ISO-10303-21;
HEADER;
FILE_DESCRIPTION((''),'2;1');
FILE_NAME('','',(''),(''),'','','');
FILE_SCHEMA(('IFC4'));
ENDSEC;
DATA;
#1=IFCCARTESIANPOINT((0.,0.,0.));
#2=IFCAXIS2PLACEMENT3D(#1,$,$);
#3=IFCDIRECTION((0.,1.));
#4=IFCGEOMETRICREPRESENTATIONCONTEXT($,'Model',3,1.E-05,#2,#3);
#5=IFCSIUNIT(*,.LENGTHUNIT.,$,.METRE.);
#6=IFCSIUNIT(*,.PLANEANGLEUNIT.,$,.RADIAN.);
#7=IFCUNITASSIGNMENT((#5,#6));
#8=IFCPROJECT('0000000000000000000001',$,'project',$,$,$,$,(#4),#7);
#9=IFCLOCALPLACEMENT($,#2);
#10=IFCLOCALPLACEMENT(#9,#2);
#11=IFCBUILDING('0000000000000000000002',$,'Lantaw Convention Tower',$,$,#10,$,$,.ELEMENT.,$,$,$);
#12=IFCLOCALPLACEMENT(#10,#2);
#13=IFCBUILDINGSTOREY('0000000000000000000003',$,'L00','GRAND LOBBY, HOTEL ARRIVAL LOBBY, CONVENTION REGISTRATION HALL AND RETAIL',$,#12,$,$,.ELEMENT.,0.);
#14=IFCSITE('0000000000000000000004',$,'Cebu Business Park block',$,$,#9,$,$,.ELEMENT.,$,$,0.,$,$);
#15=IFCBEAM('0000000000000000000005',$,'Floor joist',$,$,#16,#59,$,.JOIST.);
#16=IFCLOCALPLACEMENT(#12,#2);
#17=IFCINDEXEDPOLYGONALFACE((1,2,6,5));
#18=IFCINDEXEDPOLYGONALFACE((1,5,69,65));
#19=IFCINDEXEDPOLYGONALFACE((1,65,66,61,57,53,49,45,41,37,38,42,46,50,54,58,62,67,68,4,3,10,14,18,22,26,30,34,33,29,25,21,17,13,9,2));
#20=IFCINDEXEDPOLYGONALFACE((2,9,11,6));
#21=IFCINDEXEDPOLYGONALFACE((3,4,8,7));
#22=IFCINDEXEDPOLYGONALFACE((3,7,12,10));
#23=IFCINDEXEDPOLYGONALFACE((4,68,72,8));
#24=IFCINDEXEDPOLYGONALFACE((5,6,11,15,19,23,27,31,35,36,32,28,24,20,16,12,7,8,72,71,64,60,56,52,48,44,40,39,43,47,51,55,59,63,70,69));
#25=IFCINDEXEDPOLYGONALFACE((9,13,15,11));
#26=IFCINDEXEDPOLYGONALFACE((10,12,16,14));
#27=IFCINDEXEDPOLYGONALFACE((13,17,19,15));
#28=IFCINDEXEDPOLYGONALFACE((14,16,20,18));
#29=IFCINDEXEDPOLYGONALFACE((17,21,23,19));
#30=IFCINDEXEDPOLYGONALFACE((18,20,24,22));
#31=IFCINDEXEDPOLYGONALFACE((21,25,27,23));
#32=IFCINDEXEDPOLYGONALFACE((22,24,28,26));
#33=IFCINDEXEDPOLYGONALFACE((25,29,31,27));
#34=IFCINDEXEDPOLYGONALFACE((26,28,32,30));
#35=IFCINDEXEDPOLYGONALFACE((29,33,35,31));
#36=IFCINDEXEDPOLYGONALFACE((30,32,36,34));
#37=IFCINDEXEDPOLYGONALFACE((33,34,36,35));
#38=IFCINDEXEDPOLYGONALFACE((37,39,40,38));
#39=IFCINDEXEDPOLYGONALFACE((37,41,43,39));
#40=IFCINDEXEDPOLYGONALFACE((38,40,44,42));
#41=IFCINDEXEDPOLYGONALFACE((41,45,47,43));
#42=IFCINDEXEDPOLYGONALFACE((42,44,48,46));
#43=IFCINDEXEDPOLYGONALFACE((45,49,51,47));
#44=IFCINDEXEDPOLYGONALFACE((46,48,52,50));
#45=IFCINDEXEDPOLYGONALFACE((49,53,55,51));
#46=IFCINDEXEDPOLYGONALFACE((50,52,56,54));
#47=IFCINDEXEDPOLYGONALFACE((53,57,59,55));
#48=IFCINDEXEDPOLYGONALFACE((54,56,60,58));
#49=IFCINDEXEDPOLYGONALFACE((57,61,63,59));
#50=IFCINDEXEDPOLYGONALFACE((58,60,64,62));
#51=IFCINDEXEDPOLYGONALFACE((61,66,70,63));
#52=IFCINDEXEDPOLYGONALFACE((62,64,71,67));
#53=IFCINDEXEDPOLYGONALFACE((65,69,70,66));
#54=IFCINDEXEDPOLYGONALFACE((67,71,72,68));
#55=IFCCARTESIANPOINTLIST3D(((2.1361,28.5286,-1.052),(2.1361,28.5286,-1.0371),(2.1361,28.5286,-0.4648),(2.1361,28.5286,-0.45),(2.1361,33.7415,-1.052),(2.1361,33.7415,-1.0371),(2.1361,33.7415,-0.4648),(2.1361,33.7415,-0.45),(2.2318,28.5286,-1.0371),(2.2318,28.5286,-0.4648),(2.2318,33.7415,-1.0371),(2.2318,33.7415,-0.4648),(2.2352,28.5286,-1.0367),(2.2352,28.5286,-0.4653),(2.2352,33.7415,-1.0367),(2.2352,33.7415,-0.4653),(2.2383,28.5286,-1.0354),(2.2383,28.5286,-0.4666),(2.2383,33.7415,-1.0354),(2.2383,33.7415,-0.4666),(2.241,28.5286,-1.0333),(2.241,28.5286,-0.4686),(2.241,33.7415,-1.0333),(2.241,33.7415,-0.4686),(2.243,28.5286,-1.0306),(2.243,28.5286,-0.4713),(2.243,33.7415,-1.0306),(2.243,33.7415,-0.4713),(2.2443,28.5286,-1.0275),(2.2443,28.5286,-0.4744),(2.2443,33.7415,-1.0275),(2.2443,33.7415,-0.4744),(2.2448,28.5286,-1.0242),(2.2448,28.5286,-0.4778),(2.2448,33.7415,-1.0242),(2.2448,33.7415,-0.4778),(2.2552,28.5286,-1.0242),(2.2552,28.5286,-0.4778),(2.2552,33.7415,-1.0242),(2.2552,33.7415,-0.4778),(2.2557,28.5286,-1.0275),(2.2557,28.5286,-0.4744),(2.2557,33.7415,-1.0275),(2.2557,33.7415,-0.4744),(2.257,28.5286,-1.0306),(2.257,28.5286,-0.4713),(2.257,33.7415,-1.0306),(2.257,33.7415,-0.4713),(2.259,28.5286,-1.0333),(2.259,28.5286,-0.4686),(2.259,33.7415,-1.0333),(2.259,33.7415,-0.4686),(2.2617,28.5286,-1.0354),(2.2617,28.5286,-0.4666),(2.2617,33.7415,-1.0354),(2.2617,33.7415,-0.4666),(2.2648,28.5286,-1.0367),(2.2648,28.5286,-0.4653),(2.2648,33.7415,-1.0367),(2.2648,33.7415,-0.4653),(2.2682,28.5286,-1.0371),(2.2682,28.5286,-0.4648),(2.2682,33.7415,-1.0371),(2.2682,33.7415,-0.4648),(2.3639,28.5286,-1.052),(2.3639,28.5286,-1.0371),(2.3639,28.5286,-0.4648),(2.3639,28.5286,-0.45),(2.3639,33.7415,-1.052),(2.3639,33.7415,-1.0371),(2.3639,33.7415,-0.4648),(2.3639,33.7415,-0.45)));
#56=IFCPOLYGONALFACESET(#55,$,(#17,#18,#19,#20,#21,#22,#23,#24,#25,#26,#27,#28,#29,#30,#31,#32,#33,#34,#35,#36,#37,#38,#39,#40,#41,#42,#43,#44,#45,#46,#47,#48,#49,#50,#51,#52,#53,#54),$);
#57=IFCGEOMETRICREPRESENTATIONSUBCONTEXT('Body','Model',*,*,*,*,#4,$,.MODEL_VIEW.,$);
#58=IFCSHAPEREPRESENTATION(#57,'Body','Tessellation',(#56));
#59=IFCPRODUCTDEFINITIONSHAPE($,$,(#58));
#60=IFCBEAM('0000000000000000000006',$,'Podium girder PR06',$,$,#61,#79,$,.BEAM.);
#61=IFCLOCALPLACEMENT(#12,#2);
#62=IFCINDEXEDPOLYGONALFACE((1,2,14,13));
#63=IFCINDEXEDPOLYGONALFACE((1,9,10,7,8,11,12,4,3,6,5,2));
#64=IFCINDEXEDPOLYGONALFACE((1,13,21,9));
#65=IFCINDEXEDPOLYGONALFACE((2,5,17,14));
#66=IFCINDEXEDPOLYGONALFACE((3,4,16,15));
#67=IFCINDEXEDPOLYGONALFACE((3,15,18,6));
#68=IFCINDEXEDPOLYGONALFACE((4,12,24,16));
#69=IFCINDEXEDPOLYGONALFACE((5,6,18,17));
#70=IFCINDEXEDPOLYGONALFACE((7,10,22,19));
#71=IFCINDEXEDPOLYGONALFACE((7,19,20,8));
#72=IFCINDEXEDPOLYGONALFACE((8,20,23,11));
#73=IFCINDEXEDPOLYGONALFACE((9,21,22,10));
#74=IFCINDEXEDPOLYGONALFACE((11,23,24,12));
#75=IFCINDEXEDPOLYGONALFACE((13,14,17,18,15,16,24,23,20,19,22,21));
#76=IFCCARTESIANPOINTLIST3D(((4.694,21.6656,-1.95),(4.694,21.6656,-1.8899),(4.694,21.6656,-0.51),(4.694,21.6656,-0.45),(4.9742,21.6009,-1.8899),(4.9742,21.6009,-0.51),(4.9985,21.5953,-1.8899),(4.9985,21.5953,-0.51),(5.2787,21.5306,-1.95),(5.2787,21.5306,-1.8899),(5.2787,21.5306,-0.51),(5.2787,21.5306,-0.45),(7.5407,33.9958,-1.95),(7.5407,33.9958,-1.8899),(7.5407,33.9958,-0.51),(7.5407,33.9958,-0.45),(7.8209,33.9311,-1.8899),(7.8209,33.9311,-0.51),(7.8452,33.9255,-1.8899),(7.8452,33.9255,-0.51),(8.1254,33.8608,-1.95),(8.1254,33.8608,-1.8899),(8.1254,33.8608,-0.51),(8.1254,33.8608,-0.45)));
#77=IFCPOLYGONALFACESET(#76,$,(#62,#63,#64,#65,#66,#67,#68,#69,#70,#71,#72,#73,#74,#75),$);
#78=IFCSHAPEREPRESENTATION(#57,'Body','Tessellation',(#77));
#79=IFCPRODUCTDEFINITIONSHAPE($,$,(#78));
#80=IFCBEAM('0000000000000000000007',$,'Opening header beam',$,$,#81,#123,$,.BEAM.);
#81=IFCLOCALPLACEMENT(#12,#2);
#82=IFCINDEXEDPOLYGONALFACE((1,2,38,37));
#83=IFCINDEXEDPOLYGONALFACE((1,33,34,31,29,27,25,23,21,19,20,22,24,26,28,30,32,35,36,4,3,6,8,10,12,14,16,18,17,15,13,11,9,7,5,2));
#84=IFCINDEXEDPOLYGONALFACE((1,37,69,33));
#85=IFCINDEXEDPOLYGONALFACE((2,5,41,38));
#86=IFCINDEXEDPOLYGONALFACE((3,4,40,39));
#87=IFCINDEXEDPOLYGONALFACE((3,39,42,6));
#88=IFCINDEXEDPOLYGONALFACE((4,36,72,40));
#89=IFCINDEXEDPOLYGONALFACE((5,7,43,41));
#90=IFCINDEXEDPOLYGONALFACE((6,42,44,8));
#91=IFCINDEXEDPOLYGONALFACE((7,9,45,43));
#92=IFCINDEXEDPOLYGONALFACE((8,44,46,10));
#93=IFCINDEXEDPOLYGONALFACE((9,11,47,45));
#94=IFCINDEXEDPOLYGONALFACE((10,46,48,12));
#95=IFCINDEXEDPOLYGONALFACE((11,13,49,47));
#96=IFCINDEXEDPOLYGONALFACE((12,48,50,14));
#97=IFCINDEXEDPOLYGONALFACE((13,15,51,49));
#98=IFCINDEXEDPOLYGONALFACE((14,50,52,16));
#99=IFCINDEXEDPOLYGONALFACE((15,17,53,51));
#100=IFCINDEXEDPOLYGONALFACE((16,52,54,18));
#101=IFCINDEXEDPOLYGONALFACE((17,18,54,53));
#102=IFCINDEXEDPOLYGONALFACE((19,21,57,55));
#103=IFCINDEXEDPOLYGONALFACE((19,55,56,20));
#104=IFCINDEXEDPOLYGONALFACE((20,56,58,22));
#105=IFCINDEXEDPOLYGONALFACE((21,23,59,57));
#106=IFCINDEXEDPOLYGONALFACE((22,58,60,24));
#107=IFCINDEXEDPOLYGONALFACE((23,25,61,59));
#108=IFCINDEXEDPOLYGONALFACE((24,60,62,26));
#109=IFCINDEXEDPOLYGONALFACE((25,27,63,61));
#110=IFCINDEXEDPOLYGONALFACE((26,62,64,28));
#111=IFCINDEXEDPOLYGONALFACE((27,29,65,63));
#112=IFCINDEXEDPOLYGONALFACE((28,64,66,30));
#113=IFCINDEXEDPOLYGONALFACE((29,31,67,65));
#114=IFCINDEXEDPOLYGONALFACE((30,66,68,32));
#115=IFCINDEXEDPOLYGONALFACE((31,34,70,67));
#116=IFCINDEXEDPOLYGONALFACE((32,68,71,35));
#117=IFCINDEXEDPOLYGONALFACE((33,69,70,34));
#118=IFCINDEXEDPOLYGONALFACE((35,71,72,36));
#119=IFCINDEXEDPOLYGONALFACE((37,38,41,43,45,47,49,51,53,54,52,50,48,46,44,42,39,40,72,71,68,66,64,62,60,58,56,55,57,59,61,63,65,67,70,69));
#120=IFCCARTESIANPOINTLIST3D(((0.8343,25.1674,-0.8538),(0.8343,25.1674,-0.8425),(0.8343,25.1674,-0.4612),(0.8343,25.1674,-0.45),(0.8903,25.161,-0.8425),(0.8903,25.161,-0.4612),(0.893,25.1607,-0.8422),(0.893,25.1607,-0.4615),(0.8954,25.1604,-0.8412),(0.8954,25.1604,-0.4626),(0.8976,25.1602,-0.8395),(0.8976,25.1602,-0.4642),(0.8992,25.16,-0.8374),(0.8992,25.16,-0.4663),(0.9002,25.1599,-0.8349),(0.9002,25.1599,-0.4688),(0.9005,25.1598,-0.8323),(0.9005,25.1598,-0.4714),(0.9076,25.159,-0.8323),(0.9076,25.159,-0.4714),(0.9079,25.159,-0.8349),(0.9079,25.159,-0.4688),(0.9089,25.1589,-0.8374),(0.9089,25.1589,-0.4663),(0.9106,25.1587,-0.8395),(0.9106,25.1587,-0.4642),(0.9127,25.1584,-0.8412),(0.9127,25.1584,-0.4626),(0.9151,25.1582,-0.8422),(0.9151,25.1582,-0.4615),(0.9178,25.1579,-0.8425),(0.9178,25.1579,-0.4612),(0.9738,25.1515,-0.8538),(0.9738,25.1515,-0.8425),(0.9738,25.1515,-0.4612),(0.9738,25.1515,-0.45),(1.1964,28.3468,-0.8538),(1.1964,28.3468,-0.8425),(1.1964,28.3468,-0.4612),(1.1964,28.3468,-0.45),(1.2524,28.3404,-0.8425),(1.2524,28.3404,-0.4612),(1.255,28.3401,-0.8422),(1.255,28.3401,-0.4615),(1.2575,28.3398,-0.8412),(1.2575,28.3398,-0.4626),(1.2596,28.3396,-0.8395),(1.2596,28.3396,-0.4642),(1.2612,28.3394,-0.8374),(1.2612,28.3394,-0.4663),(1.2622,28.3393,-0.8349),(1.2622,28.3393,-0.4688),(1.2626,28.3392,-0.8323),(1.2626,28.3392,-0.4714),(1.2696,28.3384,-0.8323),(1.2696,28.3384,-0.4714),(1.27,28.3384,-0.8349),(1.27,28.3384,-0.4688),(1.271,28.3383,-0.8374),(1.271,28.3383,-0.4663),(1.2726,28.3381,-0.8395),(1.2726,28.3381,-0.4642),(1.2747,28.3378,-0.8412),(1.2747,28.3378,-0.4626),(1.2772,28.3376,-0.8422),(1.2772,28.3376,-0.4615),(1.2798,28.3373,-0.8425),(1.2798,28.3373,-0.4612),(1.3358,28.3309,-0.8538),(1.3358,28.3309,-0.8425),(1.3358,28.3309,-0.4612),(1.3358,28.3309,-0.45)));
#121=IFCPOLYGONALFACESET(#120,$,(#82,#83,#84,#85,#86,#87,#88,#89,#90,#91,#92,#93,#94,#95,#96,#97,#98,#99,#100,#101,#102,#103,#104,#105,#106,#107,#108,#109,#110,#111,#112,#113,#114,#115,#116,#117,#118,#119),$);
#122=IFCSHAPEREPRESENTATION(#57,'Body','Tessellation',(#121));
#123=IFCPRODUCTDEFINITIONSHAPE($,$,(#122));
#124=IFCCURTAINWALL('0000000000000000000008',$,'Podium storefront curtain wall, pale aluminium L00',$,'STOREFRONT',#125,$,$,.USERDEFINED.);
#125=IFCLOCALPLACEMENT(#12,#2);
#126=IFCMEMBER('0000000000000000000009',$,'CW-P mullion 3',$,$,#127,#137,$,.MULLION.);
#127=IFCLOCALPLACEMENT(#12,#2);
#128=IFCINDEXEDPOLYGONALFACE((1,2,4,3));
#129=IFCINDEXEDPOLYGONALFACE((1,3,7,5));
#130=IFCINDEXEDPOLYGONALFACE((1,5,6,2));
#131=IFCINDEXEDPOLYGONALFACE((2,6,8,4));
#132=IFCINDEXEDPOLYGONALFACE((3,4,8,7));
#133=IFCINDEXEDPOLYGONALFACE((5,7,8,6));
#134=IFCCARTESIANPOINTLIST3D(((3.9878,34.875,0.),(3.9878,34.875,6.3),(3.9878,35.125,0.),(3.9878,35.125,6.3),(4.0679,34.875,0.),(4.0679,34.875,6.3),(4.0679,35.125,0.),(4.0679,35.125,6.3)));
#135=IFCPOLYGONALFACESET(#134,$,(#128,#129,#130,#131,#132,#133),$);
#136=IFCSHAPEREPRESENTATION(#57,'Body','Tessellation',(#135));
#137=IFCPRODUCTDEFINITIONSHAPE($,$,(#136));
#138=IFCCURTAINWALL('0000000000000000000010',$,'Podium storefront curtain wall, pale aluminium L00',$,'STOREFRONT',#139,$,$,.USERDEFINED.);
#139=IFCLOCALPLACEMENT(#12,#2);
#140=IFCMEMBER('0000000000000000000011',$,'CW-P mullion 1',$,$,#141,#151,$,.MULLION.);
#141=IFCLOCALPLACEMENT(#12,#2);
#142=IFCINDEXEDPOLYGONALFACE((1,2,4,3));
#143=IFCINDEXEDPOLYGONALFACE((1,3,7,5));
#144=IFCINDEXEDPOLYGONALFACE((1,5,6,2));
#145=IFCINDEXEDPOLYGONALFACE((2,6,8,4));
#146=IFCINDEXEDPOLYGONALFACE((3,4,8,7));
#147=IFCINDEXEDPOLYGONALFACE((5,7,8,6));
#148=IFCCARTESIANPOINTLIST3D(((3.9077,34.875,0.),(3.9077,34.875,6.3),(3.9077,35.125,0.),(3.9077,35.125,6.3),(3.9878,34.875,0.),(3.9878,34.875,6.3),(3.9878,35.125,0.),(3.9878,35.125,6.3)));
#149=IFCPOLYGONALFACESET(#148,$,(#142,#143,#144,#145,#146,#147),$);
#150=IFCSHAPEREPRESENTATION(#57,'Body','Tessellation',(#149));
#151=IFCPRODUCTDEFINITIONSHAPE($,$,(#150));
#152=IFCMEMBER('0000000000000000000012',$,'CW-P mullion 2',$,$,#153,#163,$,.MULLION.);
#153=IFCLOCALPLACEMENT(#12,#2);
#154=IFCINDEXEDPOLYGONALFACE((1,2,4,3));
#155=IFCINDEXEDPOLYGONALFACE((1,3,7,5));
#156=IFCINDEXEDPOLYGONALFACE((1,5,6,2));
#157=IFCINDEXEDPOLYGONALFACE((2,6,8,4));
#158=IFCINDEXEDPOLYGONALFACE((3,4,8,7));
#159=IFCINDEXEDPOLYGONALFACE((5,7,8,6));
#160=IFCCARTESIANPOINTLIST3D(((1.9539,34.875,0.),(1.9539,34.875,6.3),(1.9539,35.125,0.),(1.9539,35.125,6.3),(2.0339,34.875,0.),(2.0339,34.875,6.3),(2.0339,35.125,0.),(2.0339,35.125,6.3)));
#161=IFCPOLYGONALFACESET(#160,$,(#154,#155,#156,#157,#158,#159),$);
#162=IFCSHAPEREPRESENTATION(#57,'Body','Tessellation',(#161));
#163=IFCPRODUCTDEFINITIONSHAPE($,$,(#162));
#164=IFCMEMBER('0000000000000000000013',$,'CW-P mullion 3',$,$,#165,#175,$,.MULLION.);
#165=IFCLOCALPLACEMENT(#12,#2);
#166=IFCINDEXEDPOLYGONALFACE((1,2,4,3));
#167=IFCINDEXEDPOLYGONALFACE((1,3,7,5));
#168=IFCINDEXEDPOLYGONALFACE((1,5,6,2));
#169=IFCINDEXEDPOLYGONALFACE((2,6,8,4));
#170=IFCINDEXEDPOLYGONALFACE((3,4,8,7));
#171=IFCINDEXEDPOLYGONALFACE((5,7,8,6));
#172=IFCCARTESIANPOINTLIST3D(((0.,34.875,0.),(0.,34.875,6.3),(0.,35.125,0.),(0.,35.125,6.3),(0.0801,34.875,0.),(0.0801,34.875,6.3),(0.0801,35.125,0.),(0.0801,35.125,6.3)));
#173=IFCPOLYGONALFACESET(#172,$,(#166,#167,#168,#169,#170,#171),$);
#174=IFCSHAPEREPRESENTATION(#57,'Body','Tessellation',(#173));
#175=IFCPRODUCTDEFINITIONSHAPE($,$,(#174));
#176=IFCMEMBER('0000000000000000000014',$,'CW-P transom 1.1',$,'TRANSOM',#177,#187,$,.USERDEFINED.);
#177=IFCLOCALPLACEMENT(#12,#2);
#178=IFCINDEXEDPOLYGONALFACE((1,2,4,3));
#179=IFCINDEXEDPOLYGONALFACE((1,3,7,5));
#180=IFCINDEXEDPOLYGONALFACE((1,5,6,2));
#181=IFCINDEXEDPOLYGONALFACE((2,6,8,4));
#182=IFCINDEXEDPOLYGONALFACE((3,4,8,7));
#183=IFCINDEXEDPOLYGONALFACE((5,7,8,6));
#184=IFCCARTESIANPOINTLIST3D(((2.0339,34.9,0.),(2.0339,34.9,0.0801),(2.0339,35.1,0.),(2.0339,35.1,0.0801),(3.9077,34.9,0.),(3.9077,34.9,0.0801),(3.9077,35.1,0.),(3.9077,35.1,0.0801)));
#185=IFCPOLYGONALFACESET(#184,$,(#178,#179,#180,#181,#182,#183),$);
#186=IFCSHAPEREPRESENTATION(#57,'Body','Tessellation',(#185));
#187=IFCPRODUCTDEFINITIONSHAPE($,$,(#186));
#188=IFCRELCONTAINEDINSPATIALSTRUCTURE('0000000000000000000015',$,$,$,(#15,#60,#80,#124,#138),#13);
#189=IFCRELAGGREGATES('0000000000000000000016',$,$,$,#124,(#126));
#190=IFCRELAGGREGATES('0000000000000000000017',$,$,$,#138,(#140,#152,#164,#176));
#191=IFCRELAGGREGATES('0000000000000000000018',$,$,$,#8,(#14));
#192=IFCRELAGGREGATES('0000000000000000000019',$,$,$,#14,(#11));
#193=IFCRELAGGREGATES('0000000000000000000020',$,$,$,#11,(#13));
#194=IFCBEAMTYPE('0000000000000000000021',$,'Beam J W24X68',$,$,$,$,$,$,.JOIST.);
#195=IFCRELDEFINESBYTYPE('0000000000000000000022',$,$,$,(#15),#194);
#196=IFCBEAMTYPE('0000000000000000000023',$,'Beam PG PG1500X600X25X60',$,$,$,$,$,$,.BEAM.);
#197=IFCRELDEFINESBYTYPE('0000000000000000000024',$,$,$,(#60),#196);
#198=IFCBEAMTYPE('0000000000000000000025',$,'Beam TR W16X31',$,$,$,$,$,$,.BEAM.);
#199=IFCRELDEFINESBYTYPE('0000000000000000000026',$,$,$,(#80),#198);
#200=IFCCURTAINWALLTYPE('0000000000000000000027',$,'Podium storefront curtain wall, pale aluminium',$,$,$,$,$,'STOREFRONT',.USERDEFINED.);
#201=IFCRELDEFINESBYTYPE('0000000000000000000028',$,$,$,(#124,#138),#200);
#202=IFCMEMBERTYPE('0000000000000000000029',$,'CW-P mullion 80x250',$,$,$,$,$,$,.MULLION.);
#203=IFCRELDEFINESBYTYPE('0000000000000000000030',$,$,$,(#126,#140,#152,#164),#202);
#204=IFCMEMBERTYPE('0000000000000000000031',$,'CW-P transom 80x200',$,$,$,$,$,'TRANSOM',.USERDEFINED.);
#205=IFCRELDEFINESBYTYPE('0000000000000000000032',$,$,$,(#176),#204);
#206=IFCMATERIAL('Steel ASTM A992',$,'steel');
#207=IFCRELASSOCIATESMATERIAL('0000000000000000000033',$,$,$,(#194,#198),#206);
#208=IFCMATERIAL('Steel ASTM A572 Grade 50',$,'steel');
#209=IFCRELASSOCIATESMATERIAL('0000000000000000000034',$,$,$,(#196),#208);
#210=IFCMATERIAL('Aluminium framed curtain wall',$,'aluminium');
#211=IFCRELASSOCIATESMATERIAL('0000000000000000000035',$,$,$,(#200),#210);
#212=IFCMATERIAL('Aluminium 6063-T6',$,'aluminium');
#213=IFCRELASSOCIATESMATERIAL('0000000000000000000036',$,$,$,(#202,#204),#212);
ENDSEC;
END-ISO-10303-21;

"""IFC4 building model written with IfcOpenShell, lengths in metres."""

from ifc_helpers import new_model, si_unit, direction, frame, origin, origin_2d, place, context, subcontext, project, spatial, rectangle, i_section, extrude, material, material_profile, profile_set, type_object, element, aggregate, save


model = new_model("IFC4")

# Units and contexts
model_context = context("Model", 3, precision=1e-05, world=origin(), true_north=direction((0.0, 1.0)))
body_context = subcontext(model_context, "Body", "Model", "MODEL_VIEW")
ifc_project = project(units=[si_unit("LENGTHUNIT", "METRE"), si_unit("PLANEANGLEUNIT", "RADIAN")], contexts=[model_context])

# Site, building, storey
site_placement = place(None, origin())
site = spatial("IfcSite", under=ifc_project, at=site_placement, Name="Cebu Business Park block", CompositionType="ELEMENT", RefElevation=0.0)
building_placement = place(site_placement, origin())
building = spatial("IfcBuilding", under=site, at=building_placement, Name="Lantaw Convention Tower", CompositionType="ELEMENT")
storey_placement = place(building_placement, origin())
storey = spatial("IfcBuildingStorey", under=building, at=storey_placement, Name="L00", Description="GRAND LOBBY, HOTEL ARRIVAL LOBBY, CONVENTION REGISTRATION HALL AND RETAIL", CompositionType="ELEMENT", Elevation=0.0)

# Shared definitions
ifc_material_1 = material(Name="Steel ASTM A572 Grade 50", Category="steel")

# Beams
ifc_material_2 = material(Name="Steel ASTM A992", Category="steel")
ifc_material_profile_1 = material_profile(ifc_material_2, i_section(OverallWidth=0.2278, OverallDepth=0.6021, WebThickness=0.0105, FlangeThickness=0.0149, FilletRadius=0.0129, at=origin_2d()), Name="W24X68")
ifc_profile_set_1 = profile_set([ifc_material_profile_1], Name="Steel ASTM A992")
beam_type_1 = type_object("IfcBeamType", Name="Beam J W24X68", PredefinedType="JOIST", material=ifc_profile_set_1)
beam_1_placement = place(storey_placement, frame((2.25, 28.5286, -0.751), z_axis=(0.0, 1.0, 0.0), x_axis=(-1.0, 0.0, 0.0)))
element("IfcBeam", 1, at=beam_1_placement, inside=storey, type_object=beam_type_1, Name="Floor joist", PredefinedType="JOIST", context=body_context, shape_type="SweptSolid", body=[
    extrude(i_section(OverallWidth=0.2278, OverallDepth=0.6021, WebThickness=0.0105, FlangeThickness=0.0149, FilletRadius=0.0129, at=origin_2d()), origin(), (0.0, 0.0, 1.0), 5.2129),
])
ifc_material_profile_2 = material_profile(ifc_material_1, i_section(OverallWidth=0.6001, OverallDepth=1.5, WebThickness=0.0249, FlangeThickness=0.0601, at=origin_2d()), Name="PG1500X600X25X60")
ifc_profile_set_2 = profile_set([ifc_material_profile_2], Name="Steel ASTM A572 Grade 50")
beam_type_2 = type_object("IfcBeamType", Name="Beam PG PG1500X600X25X60", PredefinedType="BEAM", material=ifc_profile_set_2)
beam_2_placement = place(storey_placement, frame((4.9863, 21.5981, -1.2), z_axis=(0.224955, 0.974369, 0.0), x_axis=(-0.974369, 0.224955, 0.0)))
element("IfcBeam", 2, at=beam_2_placement, inside=storey, type_object=beam_type_2, Name="Podium girder PR06", PredefinedType="BEAM", context=body_context, shape_type="SweptSolid", body=[
    extrude(i_section(OverallWidth=0.6001, OverallDepth=1.5, WebThickness=0.0249, FlangeThickness=0.0601, at=origin_2d()), origin(), (0.0, 0.0, 1.0), 12.6545),
])
ifc_material_profile_3 = material_profile(ifc_material_2, i_section(OverallWidth=0.1404, OverallDepth=0.4038, WebThickness=0.0071, FlangeThickness=0.0112, FilletRadius=0.0103, at=origin_2d()), Name="W16X31")
ifc_profile_set_3 = profile_set([ifc_material_profile_3], Name="Steel ASTM A992")
beam_type_3 = type_object("IfcBeamType", Name="Beam TR W16X31", PredefinedType="BEAM", material=ifc_profile_set_3)
beam_3_placement = place(storey_placement, frame((0.9041, 25.1594, -0.6519), z_axis=(0.113144, 0.993579, 0.0), x_axis=(-0.993579, 0.113144, 0.0)))
element("IfcBeam", 3, at=beam_3_placement, inside=storey, type_object=beam_type_3, Name="Opening header beam", PredefinedType="BEAM", context=body_context, shape_type="SweptSolid", body=[
    extrude(i_section(OverallWidth=0.1404, OverallDepth=0.4038, WebThickness=0.0071, FlangeThickness=0.0112, FilletRadius=0.0103, at=origin_2d()), origin(), (0.0, 0.0, 1.0), 3.2),
])

# Curtain wall, member
ifc_material_3 = material(Name="Aluminium framed curtain wall", Category="aluminium")
curtain_wall_type = type_object("IfcCurtainWallType", Name="Podium storefront curtain wall, pale aluminium", ElementType="STOREFRONT", PredefinedType="USERDEFINED", material=ifc_material_3)
curtain_wall_1_placement = place(storey_placement, origin())
curtain_wall_1 = element("IfcCurtainWall", 4, at=curtain_wall_1_placement, inside=storey, type_object=curtain_wall_type, Name="Podium storefront curtain wall, pale aluminium L00", ObjectType="STOREFRONT", PredefinedType="USERDEFINED")
ifc_material_4 = material(Name="Aluminium 6063-T6", Category="aluminium")
ifc_material_profile_4 = material_profile(ifc_material_4, rectangle(XDim=0.25, YDim=0.0801, at=origin_2d()), Name="CW-P mullion 80x250")
ifc_profile_set_4 = profile_set([ifc_material_profile_4], Name="Aluminium 6063-T6")
member_type_1 = type_object("IfcMemberType", Name="CW-P mullion 80x250", PredefinedType="MULLION", material=ifc_profile_set_4)
member_1_placement = place(storey_placement, frame((4.0278, 35.0, 0.0), z_axis=(0.0, 0.0, 1.0), x_axis=(0.0, -1.0, 0.0)))
member_1 = element("IfcMember", 5, at=member_1_placement, type_object=member_type_1, Name="CW-P mullion 3", PredefinedType="MULLION", context=body_context, shape_type="SweptSolid", body=[
    extrude(rectangle(XDim=0.25, YDim=0.0801, at=origin_2d()), origin(), (0.0, 0.0, 1.0), 6.3),
])
aggregate(curtain_wall_1, [member_1])

# Curtain wall, members
curtain_wall_2_placement = place(storey_placement, origin())
curtain_wall_2 = element("IfcCurtainWall", 6, at=curtain_wall_2_placement, inside=storey, type_object=curtain_wall_type, Name="Podium storefront curtain wall, pale aluminium L00", ObjectType="STOREFRONT", PredefinedType="USERDEFINED")
member_2_placement = place(storey_placement, frame((3.9478, 35.0, 0.0), z_axis=(0.0, 0.0, 1.0), x_axis=(0.0, -1.0, 0.0)))
member_2 = element("IfcMember", 7, at=member_2_placement, type_object=member_type_1, Name="CW-P mullion 1", PredefinedType="MULLION", context=body_context, shape_type="SweptSolid", body=[
    extrude(rectangle(XDim=0.25, YDim=0.0801, at=origin_2d()), origin(), (0.0, 0.0, 1.0), 6.3),
])
member_3_placement = place(storey_placement, frame((1.9939, 35.0, 0.0), z_axis=(0.0, 0.0, 1.0), x_axis=(0.0, -1.0, 0.0)))
member_3 = element("IfcMember", 8, at=member_3_placement, type_object=member_type_1, Name="CW-P mullion 2", PredefinedType="MULLION", context=body_context, shape_type="SweptSolid", body=[
    extrude(rectangle(XDim=0.25, YDim=0.0801, at=origin_2d()), origin(), (0.0, 0.0, 1.0), 6.3),
])
member_4_placement = place(storey_placement, frame((0.04, 35.0, 0.0), z_axis=(0.0, 0.0, 1.0), x_axis=(0.0, -1.0, 0.0)))
member_4 = element("IfcMember", 9, at=member_4_placement, type_object=member_type_1, Name="CW-P mullion 3", PredefinedType="MULLION", context=body_context, shape_type="SweptSolid", body=[
    extrude(rectangle(XDim=0.25, YDim=0.0801, at=origin_2d()), origin(), (0.0, 0.0, 1.0), 6.3),
])
ifc_material_profile_5 = material_profile(ifc_material_4, rectangle(XDim=0.2, YDim=0.0801, at=origin_2d()), Name="CW-P transom 80x200")
ifc_profile_set_5 = profile_set([ifc_material_profile_5], Name="Aluminium 6063-T6")
member_type_2 = type_object("IfcMemberType", Name="CW-P transom 80x200", ElementType="TRANSOM", PredefinedType="USERDEFINED", material=ifc_profile_set_5)
member_5_placement = place(storey_placement, frame((3.9077, 35.0, 0.04), z_axis=(-1.0, 0.0, 0.0), x_axis=(0.0, -1.0, 0.0)))
member_5 = element("IfcMember", 10, at=member_5_placement, type_object=member_type_2, Name="CW-P transom 1.1", ObjectType="TRANSOM", PredefinedType="USERDEFINED", context=body_context, shape_type="SweptSolid", body=[
    extrude(rectangle(XDim=0.2, YDim=0.0801, at=origin_2d()), origin(), (0.0, 0.0, 1.0), 1.8738),
])
aggregate(curtain_wall_2, [member_2, member_3, member_4, member_5])

save(model, "model.ifc")
